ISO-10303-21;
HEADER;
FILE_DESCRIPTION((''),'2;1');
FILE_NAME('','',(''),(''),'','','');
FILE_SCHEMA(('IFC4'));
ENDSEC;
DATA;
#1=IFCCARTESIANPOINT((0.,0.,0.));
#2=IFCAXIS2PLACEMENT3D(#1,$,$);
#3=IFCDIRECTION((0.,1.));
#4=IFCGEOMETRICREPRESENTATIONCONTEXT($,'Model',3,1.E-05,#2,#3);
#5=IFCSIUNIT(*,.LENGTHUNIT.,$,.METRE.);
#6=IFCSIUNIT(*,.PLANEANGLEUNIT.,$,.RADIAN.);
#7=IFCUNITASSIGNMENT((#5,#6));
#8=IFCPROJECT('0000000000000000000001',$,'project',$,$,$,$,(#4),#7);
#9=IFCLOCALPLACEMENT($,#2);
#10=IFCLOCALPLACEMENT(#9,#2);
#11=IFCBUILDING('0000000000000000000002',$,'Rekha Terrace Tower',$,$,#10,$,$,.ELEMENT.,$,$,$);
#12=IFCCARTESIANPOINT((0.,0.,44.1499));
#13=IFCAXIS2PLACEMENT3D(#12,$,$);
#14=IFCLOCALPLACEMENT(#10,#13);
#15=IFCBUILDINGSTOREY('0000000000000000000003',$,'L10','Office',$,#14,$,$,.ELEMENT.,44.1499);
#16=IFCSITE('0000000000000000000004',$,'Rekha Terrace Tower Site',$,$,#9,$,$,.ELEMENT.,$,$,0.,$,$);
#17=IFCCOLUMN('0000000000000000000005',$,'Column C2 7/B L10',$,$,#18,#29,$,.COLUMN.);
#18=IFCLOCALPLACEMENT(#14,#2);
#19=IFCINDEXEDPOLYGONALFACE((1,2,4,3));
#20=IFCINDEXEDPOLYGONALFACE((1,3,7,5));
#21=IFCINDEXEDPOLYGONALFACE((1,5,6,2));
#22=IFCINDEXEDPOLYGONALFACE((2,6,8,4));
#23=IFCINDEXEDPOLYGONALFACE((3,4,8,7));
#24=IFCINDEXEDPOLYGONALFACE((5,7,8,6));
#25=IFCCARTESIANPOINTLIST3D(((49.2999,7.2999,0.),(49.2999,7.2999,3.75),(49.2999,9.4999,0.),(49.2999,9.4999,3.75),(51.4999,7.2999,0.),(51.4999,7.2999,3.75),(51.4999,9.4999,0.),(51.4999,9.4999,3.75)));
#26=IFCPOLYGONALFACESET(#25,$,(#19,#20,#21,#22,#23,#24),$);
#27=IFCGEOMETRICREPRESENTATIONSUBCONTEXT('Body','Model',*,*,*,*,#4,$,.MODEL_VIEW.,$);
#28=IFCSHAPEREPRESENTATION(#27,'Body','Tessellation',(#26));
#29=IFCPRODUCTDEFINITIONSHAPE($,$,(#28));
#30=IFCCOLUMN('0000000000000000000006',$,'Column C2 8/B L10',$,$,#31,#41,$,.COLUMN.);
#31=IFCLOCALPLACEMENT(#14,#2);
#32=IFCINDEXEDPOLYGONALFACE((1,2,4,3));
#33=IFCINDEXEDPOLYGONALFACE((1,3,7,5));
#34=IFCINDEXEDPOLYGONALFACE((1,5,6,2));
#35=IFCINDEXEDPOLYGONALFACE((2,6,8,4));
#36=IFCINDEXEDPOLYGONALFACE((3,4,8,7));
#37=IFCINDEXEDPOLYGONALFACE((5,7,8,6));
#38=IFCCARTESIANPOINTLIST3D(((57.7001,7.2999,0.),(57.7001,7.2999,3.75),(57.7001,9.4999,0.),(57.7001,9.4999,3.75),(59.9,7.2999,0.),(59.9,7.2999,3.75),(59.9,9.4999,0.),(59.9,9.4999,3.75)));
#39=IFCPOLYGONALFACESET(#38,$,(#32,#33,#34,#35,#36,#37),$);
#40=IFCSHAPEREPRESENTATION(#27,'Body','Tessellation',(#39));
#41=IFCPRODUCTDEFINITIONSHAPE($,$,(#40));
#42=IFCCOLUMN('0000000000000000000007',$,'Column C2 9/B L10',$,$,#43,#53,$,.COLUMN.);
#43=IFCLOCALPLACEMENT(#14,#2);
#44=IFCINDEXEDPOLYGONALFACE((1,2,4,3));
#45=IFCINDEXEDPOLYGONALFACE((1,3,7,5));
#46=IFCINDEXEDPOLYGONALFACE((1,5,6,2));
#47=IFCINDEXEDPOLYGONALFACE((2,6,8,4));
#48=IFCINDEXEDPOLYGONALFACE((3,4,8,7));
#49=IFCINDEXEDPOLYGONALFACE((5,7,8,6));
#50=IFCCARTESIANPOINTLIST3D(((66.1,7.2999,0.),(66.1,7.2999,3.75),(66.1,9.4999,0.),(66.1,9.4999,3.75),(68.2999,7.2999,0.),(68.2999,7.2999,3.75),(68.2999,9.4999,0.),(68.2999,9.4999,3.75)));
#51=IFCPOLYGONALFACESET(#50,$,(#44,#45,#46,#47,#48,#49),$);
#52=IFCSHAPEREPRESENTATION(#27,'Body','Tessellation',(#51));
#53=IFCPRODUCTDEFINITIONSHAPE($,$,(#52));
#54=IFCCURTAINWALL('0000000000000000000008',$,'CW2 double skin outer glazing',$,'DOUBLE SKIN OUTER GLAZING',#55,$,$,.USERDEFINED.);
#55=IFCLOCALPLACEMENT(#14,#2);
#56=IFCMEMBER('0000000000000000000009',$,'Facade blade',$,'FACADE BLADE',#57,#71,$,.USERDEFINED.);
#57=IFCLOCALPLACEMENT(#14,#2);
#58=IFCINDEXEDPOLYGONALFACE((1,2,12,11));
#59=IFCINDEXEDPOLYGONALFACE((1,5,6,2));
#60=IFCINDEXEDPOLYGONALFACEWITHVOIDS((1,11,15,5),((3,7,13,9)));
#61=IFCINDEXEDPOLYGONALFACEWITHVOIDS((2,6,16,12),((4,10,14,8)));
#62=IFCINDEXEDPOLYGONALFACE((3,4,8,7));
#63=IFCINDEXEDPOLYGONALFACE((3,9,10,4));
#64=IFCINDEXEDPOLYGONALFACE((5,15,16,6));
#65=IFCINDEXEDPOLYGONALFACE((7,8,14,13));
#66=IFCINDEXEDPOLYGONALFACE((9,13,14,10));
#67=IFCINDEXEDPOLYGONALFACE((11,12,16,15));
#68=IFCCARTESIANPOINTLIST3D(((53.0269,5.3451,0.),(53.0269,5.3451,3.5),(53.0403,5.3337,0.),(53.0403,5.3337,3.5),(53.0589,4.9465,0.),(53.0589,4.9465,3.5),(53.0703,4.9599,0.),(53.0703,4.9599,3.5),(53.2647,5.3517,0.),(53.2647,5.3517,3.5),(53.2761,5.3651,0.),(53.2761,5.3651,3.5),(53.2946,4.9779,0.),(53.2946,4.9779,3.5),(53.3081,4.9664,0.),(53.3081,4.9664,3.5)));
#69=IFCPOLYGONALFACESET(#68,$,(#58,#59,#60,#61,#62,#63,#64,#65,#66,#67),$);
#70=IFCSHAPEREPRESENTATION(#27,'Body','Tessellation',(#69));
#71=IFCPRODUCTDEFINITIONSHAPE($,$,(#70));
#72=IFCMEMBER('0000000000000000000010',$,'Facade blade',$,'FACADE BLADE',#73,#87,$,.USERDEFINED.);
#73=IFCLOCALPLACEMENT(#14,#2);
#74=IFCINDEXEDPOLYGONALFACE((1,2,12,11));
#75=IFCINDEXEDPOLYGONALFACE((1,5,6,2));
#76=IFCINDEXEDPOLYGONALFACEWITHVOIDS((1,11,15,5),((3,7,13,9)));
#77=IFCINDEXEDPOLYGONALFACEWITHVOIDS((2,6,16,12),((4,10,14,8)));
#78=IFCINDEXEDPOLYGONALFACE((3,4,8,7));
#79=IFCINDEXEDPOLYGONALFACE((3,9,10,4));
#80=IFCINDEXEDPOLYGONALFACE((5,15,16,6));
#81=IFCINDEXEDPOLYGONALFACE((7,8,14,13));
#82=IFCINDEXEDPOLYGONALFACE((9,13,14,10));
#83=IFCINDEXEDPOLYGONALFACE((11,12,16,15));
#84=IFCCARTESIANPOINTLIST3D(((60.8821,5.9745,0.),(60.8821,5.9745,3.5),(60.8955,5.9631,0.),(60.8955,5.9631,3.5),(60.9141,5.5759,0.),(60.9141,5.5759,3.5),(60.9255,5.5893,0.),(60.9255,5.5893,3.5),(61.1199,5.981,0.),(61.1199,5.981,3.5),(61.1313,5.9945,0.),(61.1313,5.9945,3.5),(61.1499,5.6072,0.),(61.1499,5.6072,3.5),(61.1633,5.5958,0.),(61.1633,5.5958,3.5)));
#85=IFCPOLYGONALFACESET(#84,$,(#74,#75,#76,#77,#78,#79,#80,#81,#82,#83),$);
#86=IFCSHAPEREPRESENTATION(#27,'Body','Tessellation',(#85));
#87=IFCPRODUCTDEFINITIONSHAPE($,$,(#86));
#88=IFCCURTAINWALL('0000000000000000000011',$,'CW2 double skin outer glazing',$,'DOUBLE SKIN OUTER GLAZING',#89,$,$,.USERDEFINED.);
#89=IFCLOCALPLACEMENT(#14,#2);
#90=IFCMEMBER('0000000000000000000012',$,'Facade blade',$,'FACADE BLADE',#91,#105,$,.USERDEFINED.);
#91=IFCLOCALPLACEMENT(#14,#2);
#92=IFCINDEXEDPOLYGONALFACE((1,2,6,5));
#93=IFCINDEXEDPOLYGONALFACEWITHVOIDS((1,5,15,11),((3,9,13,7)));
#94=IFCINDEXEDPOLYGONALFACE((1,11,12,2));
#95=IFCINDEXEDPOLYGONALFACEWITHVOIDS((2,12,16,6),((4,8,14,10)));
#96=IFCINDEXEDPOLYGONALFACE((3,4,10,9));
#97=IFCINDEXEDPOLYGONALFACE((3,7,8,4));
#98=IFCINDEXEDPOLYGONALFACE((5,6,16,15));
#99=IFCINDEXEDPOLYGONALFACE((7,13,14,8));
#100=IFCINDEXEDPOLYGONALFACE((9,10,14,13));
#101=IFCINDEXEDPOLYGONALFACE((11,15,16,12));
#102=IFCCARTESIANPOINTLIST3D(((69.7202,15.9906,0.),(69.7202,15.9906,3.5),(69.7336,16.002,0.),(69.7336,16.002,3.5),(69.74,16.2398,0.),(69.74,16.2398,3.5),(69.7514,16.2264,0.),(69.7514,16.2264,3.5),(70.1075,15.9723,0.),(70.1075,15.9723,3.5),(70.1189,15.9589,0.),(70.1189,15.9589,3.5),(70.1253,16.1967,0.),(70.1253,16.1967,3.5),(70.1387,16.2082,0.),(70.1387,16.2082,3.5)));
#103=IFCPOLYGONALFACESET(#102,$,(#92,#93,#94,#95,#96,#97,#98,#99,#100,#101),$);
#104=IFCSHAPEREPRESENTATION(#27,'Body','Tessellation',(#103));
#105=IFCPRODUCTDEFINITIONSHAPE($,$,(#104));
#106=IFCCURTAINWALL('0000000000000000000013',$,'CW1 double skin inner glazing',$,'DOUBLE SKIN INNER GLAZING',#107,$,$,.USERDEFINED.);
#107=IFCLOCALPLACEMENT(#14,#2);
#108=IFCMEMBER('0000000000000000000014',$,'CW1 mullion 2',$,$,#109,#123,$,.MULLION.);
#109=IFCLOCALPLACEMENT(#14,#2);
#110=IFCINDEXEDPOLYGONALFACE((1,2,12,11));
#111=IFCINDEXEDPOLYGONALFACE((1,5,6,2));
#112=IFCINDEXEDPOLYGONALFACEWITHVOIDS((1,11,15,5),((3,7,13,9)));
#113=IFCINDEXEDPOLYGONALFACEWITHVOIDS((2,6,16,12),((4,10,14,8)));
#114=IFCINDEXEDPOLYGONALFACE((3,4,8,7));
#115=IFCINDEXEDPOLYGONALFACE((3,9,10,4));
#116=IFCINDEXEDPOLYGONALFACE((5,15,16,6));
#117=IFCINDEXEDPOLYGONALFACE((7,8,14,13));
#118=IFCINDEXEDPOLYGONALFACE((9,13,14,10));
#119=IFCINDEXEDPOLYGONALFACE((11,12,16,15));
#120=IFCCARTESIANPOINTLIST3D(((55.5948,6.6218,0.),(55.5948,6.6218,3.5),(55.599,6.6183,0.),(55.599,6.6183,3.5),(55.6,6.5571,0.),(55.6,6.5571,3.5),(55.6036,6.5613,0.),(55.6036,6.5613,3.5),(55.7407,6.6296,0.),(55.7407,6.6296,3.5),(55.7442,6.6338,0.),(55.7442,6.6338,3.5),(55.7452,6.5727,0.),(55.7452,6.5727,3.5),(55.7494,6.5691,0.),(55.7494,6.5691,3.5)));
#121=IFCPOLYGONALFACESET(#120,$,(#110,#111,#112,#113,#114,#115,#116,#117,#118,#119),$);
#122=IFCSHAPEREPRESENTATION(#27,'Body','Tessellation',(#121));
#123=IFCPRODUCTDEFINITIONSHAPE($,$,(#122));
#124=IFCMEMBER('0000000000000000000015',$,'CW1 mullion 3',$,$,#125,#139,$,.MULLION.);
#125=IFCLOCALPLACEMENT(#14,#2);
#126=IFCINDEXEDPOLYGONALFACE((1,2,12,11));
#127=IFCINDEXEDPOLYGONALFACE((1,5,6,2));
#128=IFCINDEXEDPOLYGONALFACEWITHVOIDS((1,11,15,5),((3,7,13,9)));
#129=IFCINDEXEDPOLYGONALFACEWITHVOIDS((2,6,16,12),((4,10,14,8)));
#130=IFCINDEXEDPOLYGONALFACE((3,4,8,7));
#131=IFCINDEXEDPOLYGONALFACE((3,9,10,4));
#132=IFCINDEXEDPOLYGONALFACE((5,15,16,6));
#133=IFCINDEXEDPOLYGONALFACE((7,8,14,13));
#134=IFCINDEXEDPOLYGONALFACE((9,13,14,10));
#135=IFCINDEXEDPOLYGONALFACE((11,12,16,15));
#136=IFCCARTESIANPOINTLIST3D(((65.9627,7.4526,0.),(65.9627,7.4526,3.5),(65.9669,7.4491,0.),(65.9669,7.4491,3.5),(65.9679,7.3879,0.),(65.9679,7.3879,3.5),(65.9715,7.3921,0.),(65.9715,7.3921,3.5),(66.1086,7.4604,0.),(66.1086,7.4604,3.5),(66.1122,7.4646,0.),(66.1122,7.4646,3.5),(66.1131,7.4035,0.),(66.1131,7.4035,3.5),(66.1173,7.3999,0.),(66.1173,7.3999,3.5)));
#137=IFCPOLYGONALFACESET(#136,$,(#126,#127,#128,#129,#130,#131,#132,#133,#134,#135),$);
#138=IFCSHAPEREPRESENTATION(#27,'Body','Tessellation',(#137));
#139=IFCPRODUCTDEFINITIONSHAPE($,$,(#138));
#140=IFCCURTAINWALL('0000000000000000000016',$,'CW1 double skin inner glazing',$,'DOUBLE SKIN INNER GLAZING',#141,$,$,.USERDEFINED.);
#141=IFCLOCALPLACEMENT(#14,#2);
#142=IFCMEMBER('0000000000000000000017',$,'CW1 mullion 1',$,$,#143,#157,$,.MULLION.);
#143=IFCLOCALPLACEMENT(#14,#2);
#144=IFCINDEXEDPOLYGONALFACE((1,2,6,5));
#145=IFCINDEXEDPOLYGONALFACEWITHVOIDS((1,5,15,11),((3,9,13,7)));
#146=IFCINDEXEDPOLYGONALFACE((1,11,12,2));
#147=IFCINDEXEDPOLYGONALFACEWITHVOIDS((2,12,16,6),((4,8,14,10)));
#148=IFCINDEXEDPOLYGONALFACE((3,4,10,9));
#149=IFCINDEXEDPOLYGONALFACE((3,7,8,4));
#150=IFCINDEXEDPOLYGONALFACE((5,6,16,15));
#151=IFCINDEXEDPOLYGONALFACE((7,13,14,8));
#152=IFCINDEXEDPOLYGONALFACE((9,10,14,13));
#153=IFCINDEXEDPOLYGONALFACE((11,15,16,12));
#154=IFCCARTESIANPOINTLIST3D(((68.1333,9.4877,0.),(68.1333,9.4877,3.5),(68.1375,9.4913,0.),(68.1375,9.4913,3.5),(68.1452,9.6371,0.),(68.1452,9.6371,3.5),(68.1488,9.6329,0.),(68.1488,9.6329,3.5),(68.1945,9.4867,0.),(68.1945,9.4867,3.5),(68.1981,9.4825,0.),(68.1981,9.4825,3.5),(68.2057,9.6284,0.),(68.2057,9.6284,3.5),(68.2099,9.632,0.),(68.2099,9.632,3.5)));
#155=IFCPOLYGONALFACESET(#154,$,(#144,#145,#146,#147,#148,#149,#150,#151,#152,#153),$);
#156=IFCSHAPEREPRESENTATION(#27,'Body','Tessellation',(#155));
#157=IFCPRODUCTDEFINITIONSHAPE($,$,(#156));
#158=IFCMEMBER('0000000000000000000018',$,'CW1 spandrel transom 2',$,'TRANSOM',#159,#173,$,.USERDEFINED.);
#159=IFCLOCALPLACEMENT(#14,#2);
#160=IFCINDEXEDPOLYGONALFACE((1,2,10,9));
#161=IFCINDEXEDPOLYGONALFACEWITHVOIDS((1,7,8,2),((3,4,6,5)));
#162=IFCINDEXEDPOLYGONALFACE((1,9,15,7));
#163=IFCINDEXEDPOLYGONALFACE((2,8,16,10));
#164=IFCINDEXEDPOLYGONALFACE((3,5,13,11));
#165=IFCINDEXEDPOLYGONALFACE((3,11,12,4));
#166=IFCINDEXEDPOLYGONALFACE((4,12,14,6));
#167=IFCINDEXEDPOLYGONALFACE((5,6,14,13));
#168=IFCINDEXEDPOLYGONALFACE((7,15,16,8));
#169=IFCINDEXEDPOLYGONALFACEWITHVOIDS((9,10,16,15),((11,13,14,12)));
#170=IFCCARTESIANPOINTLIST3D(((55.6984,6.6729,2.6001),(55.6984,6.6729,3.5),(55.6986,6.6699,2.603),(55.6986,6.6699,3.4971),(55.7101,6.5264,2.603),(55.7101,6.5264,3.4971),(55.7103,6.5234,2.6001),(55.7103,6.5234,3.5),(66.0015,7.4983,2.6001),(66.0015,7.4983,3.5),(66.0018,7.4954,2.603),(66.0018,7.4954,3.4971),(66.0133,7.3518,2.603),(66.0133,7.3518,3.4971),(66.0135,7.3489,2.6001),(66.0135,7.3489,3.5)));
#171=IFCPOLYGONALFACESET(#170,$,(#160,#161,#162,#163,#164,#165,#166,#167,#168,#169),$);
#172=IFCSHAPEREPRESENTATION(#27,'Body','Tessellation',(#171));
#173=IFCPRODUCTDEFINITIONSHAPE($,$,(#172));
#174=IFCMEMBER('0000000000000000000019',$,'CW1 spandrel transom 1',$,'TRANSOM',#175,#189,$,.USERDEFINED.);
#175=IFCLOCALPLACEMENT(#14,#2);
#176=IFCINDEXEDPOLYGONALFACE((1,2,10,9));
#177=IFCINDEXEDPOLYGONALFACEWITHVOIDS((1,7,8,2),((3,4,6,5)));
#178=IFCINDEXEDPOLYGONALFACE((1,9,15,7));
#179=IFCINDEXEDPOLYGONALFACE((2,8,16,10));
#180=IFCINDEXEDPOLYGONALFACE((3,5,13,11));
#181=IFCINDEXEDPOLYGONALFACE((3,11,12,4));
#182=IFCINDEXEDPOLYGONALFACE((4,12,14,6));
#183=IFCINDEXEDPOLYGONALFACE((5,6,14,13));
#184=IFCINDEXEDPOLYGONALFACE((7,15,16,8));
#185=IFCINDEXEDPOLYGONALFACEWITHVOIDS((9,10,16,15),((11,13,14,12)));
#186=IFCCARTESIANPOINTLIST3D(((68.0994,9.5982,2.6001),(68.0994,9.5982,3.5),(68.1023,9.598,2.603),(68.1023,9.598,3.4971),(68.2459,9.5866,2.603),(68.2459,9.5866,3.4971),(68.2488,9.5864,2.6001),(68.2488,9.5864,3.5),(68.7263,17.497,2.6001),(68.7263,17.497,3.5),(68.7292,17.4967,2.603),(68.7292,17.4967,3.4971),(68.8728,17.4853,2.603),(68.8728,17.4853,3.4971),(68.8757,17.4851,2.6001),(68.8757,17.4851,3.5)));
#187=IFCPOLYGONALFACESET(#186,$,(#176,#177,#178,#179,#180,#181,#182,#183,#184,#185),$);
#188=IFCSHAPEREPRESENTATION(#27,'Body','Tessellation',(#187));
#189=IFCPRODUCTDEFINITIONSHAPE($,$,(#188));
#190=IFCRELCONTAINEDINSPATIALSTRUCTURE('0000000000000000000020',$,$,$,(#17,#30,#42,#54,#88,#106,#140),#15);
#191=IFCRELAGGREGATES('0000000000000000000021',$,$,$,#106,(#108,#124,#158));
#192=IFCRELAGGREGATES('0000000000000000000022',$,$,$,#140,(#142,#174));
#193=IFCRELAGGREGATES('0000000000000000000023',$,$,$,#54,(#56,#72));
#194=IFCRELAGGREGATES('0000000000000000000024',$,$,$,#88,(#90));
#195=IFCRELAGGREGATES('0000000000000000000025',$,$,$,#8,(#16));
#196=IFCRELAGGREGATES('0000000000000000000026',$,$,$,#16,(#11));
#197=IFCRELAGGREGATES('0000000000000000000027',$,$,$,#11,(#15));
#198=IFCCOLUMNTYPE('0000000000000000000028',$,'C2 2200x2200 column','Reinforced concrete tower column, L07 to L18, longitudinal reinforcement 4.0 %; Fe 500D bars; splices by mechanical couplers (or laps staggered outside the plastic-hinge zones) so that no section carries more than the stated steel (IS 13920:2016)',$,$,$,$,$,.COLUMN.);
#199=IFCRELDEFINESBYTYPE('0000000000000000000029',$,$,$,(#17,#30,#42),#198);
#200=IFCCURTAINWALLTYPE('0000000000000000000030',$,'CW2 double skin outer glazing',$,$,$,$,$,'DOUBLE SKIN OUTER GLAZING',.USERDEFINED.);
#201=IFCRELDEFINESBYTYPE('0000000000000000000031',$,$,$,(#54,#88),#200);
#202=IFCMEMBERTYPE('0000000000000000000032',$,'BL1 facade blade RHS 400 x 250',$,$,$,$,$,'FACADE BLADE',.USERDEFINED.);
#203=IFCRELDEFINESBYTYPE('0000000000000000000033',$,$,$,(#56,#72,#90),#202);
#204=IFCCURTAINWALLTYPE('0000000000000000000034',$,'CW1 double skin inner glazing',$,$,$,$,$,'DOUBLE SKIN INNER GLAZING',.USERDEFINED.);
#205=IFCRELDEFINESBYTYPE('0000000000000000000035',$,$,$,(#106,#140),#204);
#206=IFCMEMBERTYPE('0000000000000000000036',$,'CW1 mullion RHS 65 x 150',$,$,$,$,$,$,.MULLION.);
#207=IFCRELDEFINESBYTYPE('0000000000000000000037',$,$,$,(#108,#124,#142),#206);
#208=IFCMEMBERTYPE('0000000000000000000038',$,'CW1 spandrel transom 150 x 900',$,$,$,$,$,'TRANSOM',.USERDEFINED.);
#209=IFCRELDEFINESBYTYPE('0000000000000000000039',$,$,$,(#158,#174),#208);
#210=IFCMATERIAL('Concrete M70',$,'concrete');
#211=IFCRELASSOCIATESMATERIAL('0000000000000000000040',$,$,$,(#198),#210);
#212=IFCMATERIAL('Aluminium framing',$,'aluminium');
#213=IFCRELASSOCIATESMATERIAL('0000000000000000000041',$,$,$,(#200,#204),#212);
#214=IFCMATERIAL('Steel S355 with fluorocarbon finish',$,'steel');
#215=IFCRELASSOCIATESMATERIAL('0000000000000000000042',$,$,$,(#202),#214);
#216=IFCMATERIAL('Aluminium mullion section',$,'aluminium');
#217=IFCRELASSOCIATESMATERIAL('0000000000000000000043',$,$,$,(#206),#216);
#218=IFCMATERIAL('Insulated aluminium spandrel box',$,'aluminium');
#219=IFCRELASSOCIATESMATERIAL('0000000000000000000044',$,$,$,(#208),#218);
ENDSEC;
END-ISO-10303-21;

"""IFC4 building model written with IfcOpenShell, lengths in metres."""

from ifc_helpers import new_model, si_unit, direction, frame, origin, origin_2d, place, context, subcontext, project, spatial, rectangle, hollow_rectangle, extrude, material, material_profile, profile_set, type_object, element, aggregate, save


model = new_model("IFC4")

# Units and contexts
model_context = context("Model", 3, precision=1e-05, world=origin(), true_north=direction((0.0, 1.0)))
body_context = subcontext(model_context, "Body", "Model", "MODEL_VIEW")
ifc_project = project(units=[si_unit("LENGTHUNIT", "METRE"), si_unit("PLANEANGLEUNIT", "RADIAN")], contexts=[model_context])

# Site, building, storey
site_placement = place(None, origin())
site = spatial("IfcSite", under=ifc_project, at=site_placement, Name="Rekha Terrace Tower Site", CompositionType="ELEMENT", RefElevation=0.0)
building_placement = place(site_placement, origin())
building = spatial("IfcBuilding", under=site, at=building_placement, Name="Rekha Terrace Tower", CompositionType="ELEMENT")
storey_placement = place(building_placement, frame((0.0, 0.0, 44.1499)))
storey = spatial("IfcBuildingStorey", under=building, at=storey_placement, Name="L10", Description="Office", CompositionType="ELEMENT", Elevation=44.1499)

# Columns
ifc_material_1 = material(Name="Concrete M70", Category="concrete")
ifc_material_profile_1 = material_profile(ifc_material_1, rectangle(XDim=2.2, YDim=2.2, at=origin_2d()), Name="RC 2200x2200")
ifc_profile_set_1 = profile_set([ifc_material_profile_1], Name="Concrete M70")
column_type = type_object("IfcColumnType", Name="C2 2200x2200 column", Description="Reinforced concrete tower column, L07 to L18, longitudinal reinforcement 4.0 %; Fe 500D bars; splices by mechanical couplers (or laps staggered outside the plastic-hinge zones) so that no section carries more than the stated steel (IS 13920:2016)", PredefinedType="COLUMN", material=ifc_profile_set_1)
for number, where, z_axis, x_axis, name in (
    (1, (50.3999, 8.3999, 0.0), (0.0, 0.0, 1.0), (1.0, 0.0, 0.0), "Column C2 7/B L10"),
    (2, (58.8, 8.3999, 0.0), (0.0, 0.0, 1.0), (1.0, 0.0, 0.0), "Column C2 8/B L10"),
    (3, (67.2, 8.3999, 0.0), (0.0, 0.0, 1.0), (1.0, 0.0, 0.0), "Column C2 9/B L10"),
):
    element("IfcColumn", number, at=place(storey_placement, frame(where, z_axis=z_axis, x_axis=x_axis)), inside=storey, type_object=column_type, Name=name, PredefinedType="COLUMN", context=body_context, shape_type="SweptSolid", body=[
        extrude(rectangle(XDim=2.2, YDim=2.2, at=origin_2d()), origin(), (0.0, 0.0, 1.0), 3.75),
    ])

# Curtain wall, members
ifc_material_2 = material(Name="Aluminium framing", Category="aluminium")
curtain_wall_type_1 = type_object("IfcCurtainWallType", Name="CW2 double skin outer glazing", ElementType="DOUBLE SKIN OUTER GLAZING", PredefinedType="USERDEFINED", material=ifc_material_2)
curtain_wall_1_placement = place(storey_placement, origin())
curtain_wall_1 = element("IfcCurtainWall", 4, at=curtain_wall_1_placement, inside=storey, type_object=curtain_wall_type_1, Name="CW2 double skin outer glazing", ObjectType="DOUBLE SKIN OUTER GLAZING", PredefinedType="USERDEFINED")
ifc_material_3 = material(Name="Steel S355 with fluorocarbon finish", Category="steel")
ifc_material_profile_2 = material_profile(ifc_material_3, hollow_rectangle(XDim=0.25, YDim=0.3999, WallThickness=0.0125, at=origin_2d()), Name="RHS400x250x12.5")
ifc_profile_set_2 = profile_set([ifc_material_profile_2], Name="Steel S355 with fluorocarbon finish")
member_type_1 = type_object("IfcMemberType", Name="BL1 facade blade RHS 400 x 250", ElementType="FACADE BLADE", PredefinedType="USERDEFINED", material=ifc_profile_set_2)
member_1_placement = place(storey_placement, frame((53.1675, 5.1558, 0.0), z_axis=(0.0, 0.0, 1.0), x_axis=(0.996805, 0.079872, 0.0)))
member_1 = element("IfcMember", 5, at=member_1_placement, type_object=member_type_1, Name="Facade blade", ObjectType="FACADE BLADE", PredefinedType="USERDEFINED", context=body_context, shape_type="SweptSolid", body=[
    extrude(hollow_rectangle(XDim=0.25, YDim=0.3999, WallThickness=0.0125, at=origin_2d()), origin(), (0.0, 0.0, 1.0), 3.5),
])
member_2_placement = place(storey_placement, frame((61.0227, 5.7852, 0.0), z_axis=(0.0, 0.0, 1.0), x_axis=(0.996805, 0.079872, 0.0)))
member_2 = element("IfcMember", 6, at=member_2_placement, type_object=member_type_1, Name="Facade blade", ObjectType="FACADE BLADE", PredefinedType="USERDEFINED", context=body_context, shape_type="SweptSolid", body=[
    extrude(hollow_rectangle(XDim=0.25, YDim=0.3999, WallThickness=0.0125, at=origin_2d()), origin(), (0.0, 0.0, 1.0), 3.5),
])

# Curtain wall, member
curtain_wall_2_placement = place(storey_placement, origin())
curtain_wall_2 = element("IfcCurtainWall", 7, at=curtain_wall_2_placement, inside=storey, type_object=curtain_wall_type_1, Name="CW2 double skin outer glazing", ObjectType="DOUBLE SKIN OUTER GLAZING", PredefinedType="USERDEFINED")
member_3_placement = place(storey_placement, frame((69.9294, 16.0994, 0.0), z_axis=(0.0, 0.0, 1.0), x_axis=(0.079117, 0.996865, 0.0)))
member_3 = element("IfcMember", 8, at=member_3_placement, type_object=member_type_1, Name="Facade blade", ObjectType="FACADE BLADE", PredefinedType="USERDEFINED", context=body_context, shape_type="SweptSolid", body=[
    extrude(hollow_rectangle(XDim=0.25, YDim=0.3999, WallThickness=0.0125, at=origin_2d()), origin(), (0.0, 0.0, 1.0), 3.5),
])

# Curtain wall, members
curtain_wall_type_2 = type_object("IfcCurtainWallType", Name="CW1 double skin inner glazing", ElementType="DOUBLE SKIN INNER GLAZING", PredefinedType="USERDEFINED", material=ifc_material_2)
curtain_wall_3_placement = place(storey_placement, origin())
curtain_wall_3 = element("IfcCurtainWall", 9, at=curtain_wall_3_placement, inside=storey, type_object=curtain_wall_type_2, Name="CW1 double skin inner glazing", ObjectType="DOUBLE SKIN INNER GLAZING", PredefinedType="USERDEFINED")
ifc_material_4 = material(Name="Aluminium mullion section", Category="aluminium")
ifc_material_profile_3 = material_profile(ifc_material_4, hollow_rectangle(XDim=0.0649, YDim=0.1499, WallThickness=0.0039, at=origin_2d()), Name="AL RHS 65x150")
ifc_profile_set_3 = profile_set([ifc_material_profile_3], Name="Aluminium mullion section")
member_type_2 = type_object("IfcMemberType", Name="CW1 mullion RHS 65 x 150", PredefinedType="MULLION", material=ifc_profile_set_3)
member_4_placement = place(storey_placement, frame((55.6721, 6.5955, 0.0), z_axis=(0.0, 0.0, 1.0), x_axis=(-0.079872, 0.996805, 0.0)))
member_4 = element("IfcMember", 10, at=member_4_placement, type_object=member_type_2, Name="CW1 mullion 2", PredefinedType="MULLION", context=body_context, shape_type="SweptSolid", body=[
    extrude(hollow_rectangle(XDim=0.0649, YDim=0.1499, WallThickness=0.0039, at=origin_2d()), origin(), (0.0, 0.0, 1.0), 3.5),
])
member_5_placement = place(storey_placement, frame((66.04, 7.4263, 0.0), z_axis=(0.0, 0.0, 1.0), x_axis=(-0.079872, 0.996805, 0.0)))
member_5 = element("IfcMember", 11, at=member_5_placement, type_object=member_type_2, Name="CW1 mullion 3", PredefinedType="MULLION", context=body_context, shape_type="SweptSolid", body=[
    extrude(hollow_rectangle(XDim=0.0649, YDim=0.1499, WallThickness=0.0039, at=origin_2d()), origin(), (0.0, 0.0, 1.0), 3.5),
])

# Curtain wall, member
curtain_wall_4_placement = place(storey_placement, origin())
curtain_wall_4 = element("IfcCurtainWall", 12, at=curtain_wall_4_placement, inside=storey, type_object=curtain_wall_type_2, Name="CW1 double skin inner glazing", ObjectType="DOUBLE SKIN INNER GLAZING", PredefinedType="USERDEFINED")
member_6_placement = place(storey_placement, frame((68.1716, 9.5598, 0.0), z_axis=(0.0, 0.0, 1.0), x_axis=(-0.996865, 0.079116, 0.0)))
member_6 = element("IfcMember", 13, at=member_6_placement, type_object=member_type_2, Name="CW1 mullion 1", PredefinedType="MULLION", context=body_context, shape_type="SweptSolid", body=[
    extrude(hollow_rectangle(XDim=0.0649, YDim=0.1499, WallThickness=0.0039, at=origin_2d()), origin(), (0.0, 0.0, 1.0), 3.5),
])

# Members
ifc_material_5 = material(Name="Insulated aluminium spandrel box", Category="aluminium")
ifc_material_profile_4 = material_profile(ifc_material_5, hollow_rectangle(XDim=0.1499, YDim=0.8999, WallThickness=0.0029, at=origin_2d()), Name="AL SPANDREL BOX 150x900")
ifc_profile_set_4 = profile_set([ifc_material_profile_4], Name="Insulated aluminium spandrel box")
member_type_3 = type_object("IfcMemberType", Name="CW1 spandrel transom 150 x 900", ElementType="TRANSOM", PredefinedType="USERDEFINED", material=ifc_profile_set_4)
member_7_placement = place(storey_placement, frame((55.7043, 6.5981, 3.05), z_axis=(0.996806, 0.079859, 0.0), x_axis=(-0.079859, 0.996806, 0.0)))
member_7 = element("IfcMember", 14, at=member_7_placement, type_object=member_type_3, Name="CW1 spandrel transom 2", ObjectType="TRANSOM", PredefinedType="USERDEFINED", context=body_context, shape_type="SweptSolid", body=[
    extrude(hollow_rectangle(XDim=0.1499, YDim=0.8999, WallThickness=0.0029, at=origin_2d()), origin(), (0.0, 0.0, 1.0), 10.3362),
])
member_8_placement = place(storey_placement, frame((68.1741, 9.5923, 3.05), z_axis=(0.079126, 0.996865, 0.0), x_axis=(-0.996865, 0.079126, 0.0)))
member_8 = element("IfcMember", 15, at=member_8_placement, type_object=member_type_3, Name="CW1 spandrel transom 1", ObjectType="TRANSOM", PredefinedType="USERDEFINED", context=body_context, shape_type="SweptSolid", body=[
    extrude(hollow_rectangle(XDim=0.1499, YDim=0.8999, WallThickness=0.0029, at=origin_2d()), origin(), (0.0, 0.0, 1.0), 7.9236),
])

aggregate(curtain_wall_3, [member_4, member_5, member_7])
aggregate(curtain_wall_4, [member_6, member_8])
aggregate(curtain_wall_1, [member_1, member_2])
aggregate(curtain_wall_2, [member_3])

save(model, "model.ifc")
